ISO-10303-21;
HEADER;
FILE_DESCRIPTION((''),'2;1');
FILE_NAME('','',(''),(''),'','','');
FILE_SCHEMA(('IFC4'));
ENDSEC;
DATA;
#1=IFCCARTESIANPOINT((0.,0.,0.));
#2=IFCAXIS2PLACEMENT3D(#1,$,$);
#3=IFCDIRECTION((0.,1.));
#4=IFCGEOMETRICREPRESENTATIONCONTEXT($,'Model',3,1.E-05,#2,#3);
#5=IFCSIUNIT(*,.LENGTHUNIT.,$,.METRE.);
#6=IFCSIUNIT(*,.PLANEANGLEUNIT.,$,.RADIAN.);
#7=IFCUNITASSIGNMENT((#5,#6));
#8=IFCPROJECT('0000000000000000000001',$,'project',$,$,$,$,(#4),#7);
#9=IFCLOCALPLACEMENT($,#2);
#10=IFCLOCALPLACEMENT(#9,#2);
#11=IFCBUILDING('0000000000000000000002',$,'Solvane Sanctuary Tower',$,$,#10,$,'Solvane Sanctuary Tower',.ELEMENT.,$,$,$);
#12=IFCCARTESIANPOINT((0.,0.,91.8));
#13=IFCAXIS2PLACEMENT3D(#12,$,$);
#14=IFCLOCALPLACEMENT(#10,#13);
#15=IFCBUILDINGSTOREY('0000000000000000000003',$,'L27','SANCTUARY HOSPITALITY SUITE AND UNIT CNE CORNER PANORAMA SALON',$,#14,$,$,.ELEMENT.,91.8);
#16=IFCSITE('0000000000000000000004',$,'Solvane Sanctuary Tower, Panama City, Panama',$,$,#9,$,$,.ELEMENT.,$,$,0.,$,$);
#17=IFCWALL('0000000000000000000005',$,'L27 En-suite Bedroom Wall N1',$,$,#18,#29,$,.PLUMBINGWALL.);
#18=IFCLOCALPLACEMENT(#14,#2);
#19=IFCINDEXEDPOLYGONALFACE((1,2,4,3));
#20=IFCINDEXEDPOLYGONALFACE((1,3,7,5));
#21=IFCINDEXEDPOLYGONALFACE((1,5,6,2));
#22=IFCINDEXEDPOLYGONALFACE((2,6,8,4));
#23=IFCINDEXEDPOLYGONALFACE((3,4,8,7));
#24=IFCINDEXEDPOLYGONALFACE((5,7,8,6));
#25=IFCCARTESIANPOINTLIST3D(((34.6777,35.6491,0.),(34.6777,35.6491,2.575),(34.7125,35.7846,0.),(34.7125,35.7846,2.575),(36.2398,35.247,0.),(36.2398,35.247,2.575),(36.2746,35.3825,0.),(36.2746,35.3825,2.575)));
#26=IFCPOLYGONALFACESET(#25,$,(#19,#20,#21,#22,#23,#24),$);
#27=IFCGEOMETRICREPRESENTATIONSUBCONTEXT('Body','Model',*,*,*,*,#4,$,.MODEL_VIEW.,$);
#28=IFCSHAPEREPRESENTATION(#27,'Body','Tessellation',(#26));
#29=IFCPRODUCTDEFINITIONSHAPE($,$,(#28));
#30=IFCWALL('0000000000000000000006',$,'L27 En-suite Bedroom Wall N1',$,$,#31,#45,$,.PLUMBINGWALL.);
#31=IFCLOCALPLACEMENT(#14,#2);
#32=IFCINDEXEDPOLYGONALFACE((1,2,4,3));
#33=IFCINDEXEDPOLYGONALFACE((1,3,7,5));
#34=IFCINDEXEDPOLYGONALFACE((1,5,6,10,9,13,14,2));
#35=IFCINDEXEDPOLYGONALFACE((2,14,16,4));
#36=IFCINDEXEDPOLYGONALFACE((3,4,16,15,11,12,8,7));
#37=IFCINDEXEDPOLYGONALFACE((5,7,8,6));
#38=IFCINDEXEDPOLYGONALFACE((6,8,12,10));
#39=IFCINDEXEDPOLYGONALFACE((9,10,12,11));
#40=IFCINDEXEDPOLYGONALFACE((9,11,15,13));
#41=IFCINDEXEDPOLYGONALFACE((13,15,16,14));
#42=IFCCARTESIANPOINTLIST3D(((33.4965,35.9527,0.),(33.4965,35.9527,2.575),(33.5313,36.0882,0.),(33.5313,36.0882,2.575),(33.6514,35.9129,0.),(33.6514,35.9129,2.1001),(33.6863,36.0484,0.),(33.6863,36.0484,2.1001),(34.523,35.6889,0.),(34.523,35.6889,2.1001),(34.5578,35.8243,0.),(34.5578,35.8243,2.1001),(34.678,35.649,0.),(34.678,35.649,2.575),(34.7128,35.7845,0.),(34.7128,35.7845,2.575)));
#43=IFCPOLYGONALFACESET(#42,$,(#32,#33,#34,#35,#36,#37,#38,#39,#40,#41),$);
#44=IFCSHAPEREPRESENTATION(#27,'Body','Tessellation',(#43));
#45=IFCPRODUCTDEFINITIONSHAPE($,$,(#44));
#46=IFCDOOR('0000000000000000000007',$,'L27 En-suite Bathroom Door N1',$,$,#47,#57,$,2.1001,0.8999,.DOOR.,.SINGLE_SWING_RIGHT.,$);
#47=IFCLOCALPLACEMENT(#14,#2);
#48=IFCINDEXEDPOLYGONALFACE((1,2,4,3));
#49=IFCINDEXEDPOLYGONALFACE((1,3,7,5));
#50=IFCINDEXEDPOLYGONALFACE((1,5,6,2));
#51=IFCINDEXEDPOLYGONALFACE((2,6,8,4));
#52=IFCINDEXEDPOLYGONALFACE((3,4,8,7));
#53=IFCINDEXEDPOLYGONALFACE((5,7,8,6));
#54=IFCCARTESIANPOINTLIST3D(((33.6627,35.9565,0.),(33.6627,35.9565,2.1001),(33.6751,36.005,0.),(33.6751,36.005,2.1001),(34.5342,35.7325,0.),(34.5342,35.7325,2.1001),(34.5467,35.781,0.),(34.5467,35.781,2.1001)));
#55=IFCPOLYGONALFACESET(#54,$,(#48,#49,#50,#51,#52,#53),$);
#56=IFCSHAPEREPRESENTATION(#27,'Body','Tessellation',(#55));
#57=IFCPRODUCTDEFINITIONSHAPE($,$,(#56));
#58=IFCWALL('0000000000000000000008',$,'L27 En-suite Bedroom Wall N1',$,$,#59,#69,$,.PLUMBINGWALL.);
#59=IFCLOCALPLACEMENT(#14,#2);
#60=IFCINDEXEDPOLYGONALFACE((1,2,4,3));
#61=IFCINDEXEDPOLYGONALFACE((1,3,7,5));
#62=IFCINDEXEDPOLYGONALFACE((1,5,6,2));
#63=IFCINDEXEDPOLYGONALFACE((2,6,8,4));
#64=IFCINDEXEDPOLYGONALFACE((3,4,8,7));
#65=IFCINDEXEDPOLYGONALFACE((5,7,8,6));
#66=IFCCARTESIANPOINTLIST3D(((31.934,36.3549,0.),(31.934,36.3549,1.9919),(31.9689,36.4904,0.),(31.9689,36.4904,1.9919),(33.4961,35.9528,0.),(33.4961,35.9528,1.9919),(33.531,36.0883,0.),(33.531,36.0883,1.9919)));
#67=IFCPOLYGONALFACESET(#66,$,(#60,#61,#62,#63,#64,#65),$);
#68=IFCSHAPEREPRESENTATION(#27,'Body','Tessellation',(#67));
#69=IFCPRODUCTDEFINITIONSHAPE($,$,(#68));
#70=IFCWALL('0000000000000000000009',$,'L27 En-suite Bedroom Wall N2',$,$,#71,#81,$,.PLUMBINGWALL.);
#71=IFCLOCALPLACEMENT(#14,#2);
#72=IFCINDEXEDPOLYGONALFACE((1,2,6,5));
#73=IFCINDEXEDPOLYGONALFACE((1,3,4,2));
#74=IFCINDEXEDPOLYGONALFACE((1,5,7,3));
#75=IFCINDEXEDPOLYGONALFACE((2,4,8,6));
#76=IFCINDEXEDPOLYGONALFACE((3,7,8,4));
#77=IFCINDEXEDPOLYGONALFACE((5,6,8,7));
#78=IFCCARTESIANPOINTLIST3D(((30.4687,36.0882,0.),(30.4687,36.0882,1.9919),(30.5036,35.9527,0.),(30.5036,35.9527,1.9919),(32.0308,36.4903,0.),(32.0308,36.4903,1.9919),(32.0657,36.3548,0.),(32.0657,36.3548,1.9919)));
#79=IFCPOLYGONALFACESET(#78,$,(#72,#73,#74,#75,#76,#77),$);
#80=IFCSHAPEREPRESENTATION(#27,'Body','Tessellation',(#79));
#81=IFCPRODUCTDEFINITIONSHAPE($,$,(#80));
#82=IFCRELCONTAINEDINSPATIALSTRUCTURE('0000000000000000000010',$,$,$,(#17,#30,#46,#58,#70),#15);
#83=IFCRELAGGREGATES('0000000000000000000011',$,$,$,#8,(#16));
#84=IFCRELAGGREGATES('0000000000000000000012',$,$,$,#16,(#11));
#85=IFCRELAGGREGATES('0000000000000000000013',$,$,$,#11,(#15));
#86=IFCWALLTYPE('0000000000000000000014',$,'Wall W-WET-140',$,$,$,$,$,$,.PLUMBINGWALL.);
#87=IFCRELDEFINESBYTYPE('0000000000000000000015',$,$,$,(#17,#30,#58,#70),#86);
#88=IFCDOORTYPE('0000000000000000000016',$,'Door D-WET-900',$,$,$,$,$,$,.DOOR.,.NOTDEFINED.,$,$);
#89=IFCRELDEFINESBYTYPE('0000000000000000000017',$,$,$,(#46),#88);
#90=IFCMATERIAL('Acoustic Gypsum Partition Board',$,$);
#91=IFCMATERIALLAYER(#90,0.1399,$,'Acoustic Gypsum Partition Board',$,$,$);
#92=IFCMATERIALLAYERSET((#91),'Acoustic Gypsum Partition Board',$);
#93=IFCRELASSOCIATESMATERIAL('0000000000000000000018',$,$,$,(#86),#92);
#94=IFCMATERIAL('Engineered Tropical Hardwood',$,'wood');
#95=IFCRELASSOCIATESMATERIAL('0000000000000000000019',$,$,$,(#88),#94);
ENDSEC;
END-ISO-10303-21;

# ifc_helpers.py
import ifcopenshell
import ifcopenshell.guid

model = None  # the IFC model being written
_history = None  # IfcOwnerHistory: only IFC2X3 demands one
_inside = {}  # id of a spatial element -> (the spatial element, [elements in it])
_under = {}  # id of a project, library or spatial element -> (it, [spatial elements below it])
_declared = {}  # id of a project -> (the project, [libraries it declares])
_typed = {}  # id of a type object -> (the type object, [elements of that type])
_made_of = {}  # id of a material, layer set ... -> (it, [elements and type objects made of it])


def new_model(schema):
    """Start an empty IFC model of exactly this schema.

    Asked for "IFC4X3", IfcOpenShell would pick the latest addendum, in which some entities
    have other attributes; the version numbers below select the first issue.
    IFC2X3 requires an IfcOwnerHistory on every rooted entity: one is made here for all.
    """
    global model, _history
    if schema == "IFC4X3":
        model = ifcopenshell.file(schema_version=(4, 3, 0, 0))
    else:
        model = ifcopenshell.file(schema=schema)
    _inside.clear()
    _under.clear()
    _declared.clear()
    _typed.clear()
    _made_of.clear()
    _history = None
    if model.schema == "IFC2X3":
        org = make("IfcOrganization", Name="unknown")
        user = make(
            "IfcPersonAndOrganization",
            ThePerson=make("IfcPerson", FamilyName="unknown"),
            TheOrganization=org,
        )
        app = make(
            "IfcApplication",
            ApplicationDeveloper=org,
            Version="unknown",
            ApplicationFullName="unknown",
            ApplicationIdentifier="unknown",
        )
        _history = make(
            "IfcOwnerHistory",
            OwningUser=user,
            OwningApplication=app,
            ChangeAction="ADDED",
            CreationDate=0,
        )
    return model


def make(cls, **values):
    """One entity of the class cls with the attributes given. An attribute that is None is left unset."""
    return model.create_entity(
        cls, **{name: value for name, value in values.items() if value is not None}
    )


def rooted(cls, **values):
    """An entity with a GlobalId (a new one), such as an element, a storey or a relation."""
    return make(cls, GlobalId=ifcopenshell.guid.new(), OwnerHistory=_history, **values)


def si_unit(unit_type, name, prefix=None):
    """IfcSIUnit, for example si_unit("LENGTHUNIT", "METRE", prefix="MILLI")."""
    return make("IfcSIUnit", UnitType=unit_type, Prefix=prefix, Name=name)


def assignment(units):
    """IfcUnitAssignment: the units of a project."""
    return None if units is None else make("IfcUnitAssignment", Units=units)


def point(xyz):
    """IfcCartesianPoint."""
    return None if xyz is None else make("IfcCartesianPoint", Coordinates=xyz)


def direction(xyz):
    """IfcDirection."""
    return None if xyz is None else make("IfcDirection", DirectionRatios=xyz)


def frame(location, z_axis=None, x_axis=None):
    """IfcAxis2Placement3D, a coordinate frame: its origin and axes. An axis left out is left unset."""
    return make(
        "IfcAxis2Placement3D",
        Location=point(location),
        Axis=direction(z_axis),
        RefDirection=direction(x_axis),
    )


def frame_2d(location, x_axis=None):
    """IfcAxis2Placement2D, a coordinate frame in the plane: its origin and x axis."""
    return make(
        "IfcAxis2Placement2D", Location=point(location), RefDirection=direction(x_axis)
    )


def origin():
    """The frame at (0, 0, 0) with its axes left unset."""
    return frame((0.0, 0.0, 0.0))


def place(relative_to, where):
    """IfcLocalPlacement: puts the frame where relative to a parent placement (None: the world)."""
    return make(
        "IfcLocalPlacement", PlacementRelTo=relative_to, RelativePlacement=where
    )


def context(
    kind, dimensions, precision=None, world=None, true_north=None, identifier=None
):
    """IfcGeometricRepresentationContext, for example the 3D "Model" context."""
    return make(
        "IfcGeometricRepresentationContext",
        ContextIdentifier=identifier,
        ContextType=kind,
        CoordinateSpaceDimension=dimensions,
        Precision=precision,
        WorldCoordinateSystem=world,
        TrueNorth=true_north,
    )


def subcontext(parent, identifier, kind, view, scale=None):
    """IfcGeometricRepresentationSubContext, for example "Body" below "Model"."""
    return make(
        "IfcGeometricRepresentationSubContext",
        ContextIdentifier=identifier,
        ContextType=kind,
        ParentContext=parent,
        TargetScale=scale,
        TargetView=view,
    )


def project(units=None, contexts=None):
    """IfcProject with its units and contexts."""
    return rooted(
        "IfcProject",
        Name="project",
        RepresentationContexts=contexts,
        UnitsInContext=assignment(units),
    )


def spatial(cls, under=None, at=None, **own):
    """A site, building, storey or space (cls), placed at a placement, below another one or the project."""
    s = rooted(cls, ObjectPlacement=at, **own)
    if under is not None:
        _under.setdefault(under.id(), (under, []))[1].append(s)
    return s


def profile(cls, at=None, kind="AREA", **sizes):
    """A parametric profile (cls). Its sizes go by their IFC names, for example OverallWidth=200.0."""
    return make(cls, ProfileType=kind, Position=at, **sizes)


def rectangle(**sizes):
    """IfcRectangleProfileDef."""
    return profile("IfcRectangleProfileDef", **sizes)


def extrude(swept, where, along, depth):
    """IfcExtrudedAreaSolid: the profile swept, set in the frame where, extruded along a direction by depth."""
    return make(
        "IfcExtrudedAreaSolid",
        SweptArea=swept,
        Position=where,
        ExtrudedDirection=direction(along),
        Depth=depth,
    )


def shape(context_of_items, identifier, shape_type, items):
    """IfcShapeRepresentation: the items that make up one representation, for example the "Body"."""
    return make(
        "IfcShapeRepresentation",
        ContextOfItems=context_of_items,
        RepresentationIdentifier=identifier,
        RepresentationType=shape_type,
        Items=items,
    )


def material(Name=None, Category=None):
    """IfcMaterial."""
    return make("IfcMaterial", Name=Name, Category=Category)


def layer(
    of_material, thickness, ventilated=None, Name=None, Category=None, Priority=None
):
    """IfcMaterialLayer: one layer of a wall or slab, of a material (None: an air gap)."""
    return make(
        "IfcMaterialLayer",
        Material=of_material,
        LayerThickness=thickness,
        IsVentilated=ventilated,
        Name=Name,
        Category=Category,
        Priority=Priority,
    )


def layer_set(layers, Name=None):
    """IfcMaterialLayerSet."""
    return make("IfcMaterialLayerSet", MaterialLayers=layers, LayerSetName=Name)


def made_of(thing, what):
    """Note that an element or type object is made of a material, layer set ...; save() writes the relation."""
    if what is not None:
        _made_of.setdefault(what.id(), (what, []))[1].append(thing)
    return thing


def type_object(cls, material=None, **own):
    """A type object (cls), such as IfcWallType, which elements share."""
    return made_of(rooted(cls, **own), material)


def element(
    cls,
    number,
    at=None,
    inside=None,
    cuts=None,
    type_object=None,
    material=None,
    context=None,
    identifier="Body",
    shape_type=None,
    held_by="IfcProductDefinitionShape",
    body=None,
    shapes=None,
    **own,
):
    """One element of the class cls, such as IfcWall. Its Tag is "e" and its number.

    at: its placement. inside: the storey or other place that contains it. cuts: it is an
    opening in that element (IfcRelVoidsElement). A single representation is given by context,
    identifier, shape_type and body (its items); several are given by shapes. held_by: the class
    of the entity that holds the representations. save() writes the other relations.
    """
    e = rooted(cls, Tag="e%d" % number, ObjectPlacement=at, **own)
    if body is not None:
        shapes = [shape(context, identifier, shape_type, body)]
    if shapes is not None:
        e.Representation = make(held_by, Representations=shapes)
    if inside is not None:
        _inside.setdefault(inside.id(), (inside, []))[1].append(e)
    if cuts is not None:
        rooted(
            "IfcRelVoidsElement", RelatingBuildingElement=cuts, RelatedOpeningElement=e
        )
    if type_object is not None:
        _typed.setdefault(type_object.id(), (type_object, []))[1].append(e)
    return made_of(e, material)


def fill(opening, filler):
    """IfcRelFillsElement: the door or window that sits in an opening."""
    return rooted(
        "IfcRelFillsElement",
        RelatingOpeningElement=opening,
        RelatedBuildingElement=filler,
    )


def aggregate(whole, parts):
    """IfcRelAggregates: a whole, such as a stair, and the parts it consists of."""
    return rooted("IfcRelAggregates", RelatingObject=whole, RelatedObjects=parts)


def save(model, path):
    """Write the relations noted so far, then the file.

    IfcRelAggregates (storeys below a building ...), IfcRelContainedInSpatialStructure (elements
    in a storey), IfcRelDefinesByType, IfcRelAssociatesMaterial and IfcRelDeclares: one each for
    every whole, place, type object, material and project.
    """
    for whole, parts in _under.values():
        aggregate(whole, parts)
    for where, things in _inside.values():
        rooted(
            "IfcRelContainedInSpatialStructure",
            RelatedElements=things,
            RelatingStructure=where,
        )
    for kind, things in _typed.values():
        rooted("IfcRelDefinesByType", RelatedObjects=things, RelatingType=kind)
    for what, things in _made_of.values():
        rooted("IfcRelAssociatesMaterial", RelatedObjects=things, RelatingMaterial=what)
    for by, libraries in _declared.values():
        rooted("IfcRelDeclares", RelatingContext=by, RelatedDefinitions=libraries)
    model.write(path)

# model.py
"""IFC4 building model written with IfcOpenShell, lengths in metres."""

from ifc_helpers import new_model, si_unit, direction, frame, frame_2d, origin, place, context, subcontext, project, spatial, rectangle, extrude, material, layer, layer_set, type_object, element, fill, save


model = new_model("IFC4")

# Units and contexts
model_context = context("Model", 3, precision=1e-05, world=origin(), true_north=direction((0.0, 1.0)))
body_context = subcontext(model_context, "Body", "Model", "MODEL_VIEW")
ifc_project = project(units=[si_unit("LENGTHUNIT", "METRE"), si_unit("PLANEANGLEUNIT", "RADIAN")], contexts=[model_context])

# Site, building, storey
site_placement = place(None, origin())
site = spatial("IfcSite", under=ifc_project, at=site_placement, Name="Solvane Sanctuary Tower, Panama City, Panama", CompositionType="ELEMENT", RefElevation=0.0)
building_placement = place(site_placement, origin())
building = spatial("IfcBuilding", under=site, at=building_placement, Name="Solvane Sanctuary Tower", LongName="Solvane Sanctuary Tower", CompositionType="ELEMENT")
storey_placement = place(building_placement, frame((0.0, 0.0, 91.8)))
storey = spatial("IfcBuildingStorey", under=building, at=storey_placement, Name="L27", Description="SANCTUARY HOSPITALITY SUITE AND UNIT CNE CORNER PANORAMA SALON", CompositionType="ELEMENT", Elevation=91.8)

# Shared definitions
ifc_material_1 = material(Name="Acoustic Gypsum Partition Board")

# Shared definitions
ifc_material_2 = material(Name="Engineered Tropical Hardwood", Category="wood")

# Wall
ifc_layer_1 = layer(ifc_material_1, 0.1399, Name="Acoustic Gypsum Partition Board")
ifc_layer_set_1 = layer_set([ifc_layer_1], Name="Acoustic Gypsum Partition Board")
wall_type_1 = type_object("IfcWallType", Name="Wall W-WET-140", PredefinedType="PLUMBINGWALL", material=ifc_layer_set_1)
wall_1_placement = place(storey_placement, frame((36.2573, 35.3147, 0.0), z_axis=(0.0, 0.0, 1.0), x_axis=(-0.968427, 0.249297, 0.0)))
element("IfcWall", 1, at=wall_1_placement, inside=storey, type_object=wall_type_1, Name="L27 En-suite Bedroom Wall N1", PredefinedType="PLUMBINGWALL", context=body_context, shape_type="SweptSolid", body=[
    extrude(rectangle(XDim=1.613, YDim=0.1399, at=frame_2d((0.8066, 0.0))), origin(), (0.0, 0.0, 1.0), 2.575),
])

# Wall, opening, door
wall_2_placement = place(storey_placement, frame((34.6953, 35.7168, 0.0), z_axis=(0.0, 0.0, 1.0), x_axis=(-0.968521, 0.248934, 0.0)))
wall_2 = element("IfcWall", 2, at=wall_2_placement, inside=storey, type_object=wall_type_1, Name="L27 En-suite Bedroom Wall N1", PredefinedType="PLUMBINGWALL", context=body_context, shape_type="SweptSolid", body=[
    extrude(rectangle(XDim=1.22, YDim=0.1399, at=frame_2d((0.6099, 0.0))), origin(), (0.0, 0.0, 1.0), 2.575),
])
opening_1_placement = place(wall_2_placement, frame((0.1599, 0.0, 0.0)))
opening_1 = element("IfcOpeningElement", 3, at=opening_1_placement, cuts=wall_2, PredefinedType="OPENING", context=body_context, shape_type="SweptSolid", body=[
    extrude(rectangle(XDim=0.8999, YDim=2.1001, at=frame_2d((0.45, 1.05))), frame((0.0, 0.0798, 0.0), z_axis=(0.0, -1.0, 0.0), x_axis=(1.0, 0.0, 0.0)), (0.0, 0.0, 1.0), 0.1599),
])
door_type_1 = type_object("IfcDoorType", Name="Door D-WET-900", OperationType="NOTDEFINED", PredefinedType="DOOR", material=ifc_material_2)
door_1_placement = place(opening_1_placement, origin())
door_1 = element("IfcDoor", 4, at=door_1_placement, inside=storey, type_object=door_type_1, Name="L27 En-suite Bathroom Door N1", OperationType="SINGLE_SWING_RIGHT", OverallHeight=2.1001, OverallWidth=0.8999, PredefinedType="DOOR", context=body_context, shape_type="SweptSolid", body=[
    extrude(rectangle(XDim=0.8999, YDim=2.1001, at=frame_2d((0.45, 1.05))), frame((0.0, 0.0249, 0.0), z_axis=(0.0, -1.0, 0.0), x_axis=(1.0, 0.0, 0.0)), (0.0, 0.0, 1.0), 0.05),
])
fill(opening_1, door_1)

# Walls
for number, where, z_axis, x_axis, name in (
    (5, (33.5137, 36.0205, 0.0), (0.0, 0.0, 1.0), (-0.968427, 0.249297, 0.0), "L27 En-suite Bedroom Wall N1"),
    (6, (32.0483, 36.4226, 0.0), (0.0, 0.0, 1.0), (-0.968427, -0.249297, 0.0), "L27 En-suite Bedroom Wall N2"),
):
    element("IfcWall", number, at=place(storey_placement, frame(where, z_axis=z_axis, x_axis=x_axis)), inside=storey, type_object=wall_type_1, Name=name, PredefinedType="PLUMBINGWALL", context=body_context, shape_type="SweptSolid", body=[
        extrude(rectangle(XDim=1.613, YDim=0.1399, at=frame_2d((0.8066, 0.0))), origin(), (0.0, 0.0, 1.0), 1.9919),
    ])

save(model, "model.ifc")
